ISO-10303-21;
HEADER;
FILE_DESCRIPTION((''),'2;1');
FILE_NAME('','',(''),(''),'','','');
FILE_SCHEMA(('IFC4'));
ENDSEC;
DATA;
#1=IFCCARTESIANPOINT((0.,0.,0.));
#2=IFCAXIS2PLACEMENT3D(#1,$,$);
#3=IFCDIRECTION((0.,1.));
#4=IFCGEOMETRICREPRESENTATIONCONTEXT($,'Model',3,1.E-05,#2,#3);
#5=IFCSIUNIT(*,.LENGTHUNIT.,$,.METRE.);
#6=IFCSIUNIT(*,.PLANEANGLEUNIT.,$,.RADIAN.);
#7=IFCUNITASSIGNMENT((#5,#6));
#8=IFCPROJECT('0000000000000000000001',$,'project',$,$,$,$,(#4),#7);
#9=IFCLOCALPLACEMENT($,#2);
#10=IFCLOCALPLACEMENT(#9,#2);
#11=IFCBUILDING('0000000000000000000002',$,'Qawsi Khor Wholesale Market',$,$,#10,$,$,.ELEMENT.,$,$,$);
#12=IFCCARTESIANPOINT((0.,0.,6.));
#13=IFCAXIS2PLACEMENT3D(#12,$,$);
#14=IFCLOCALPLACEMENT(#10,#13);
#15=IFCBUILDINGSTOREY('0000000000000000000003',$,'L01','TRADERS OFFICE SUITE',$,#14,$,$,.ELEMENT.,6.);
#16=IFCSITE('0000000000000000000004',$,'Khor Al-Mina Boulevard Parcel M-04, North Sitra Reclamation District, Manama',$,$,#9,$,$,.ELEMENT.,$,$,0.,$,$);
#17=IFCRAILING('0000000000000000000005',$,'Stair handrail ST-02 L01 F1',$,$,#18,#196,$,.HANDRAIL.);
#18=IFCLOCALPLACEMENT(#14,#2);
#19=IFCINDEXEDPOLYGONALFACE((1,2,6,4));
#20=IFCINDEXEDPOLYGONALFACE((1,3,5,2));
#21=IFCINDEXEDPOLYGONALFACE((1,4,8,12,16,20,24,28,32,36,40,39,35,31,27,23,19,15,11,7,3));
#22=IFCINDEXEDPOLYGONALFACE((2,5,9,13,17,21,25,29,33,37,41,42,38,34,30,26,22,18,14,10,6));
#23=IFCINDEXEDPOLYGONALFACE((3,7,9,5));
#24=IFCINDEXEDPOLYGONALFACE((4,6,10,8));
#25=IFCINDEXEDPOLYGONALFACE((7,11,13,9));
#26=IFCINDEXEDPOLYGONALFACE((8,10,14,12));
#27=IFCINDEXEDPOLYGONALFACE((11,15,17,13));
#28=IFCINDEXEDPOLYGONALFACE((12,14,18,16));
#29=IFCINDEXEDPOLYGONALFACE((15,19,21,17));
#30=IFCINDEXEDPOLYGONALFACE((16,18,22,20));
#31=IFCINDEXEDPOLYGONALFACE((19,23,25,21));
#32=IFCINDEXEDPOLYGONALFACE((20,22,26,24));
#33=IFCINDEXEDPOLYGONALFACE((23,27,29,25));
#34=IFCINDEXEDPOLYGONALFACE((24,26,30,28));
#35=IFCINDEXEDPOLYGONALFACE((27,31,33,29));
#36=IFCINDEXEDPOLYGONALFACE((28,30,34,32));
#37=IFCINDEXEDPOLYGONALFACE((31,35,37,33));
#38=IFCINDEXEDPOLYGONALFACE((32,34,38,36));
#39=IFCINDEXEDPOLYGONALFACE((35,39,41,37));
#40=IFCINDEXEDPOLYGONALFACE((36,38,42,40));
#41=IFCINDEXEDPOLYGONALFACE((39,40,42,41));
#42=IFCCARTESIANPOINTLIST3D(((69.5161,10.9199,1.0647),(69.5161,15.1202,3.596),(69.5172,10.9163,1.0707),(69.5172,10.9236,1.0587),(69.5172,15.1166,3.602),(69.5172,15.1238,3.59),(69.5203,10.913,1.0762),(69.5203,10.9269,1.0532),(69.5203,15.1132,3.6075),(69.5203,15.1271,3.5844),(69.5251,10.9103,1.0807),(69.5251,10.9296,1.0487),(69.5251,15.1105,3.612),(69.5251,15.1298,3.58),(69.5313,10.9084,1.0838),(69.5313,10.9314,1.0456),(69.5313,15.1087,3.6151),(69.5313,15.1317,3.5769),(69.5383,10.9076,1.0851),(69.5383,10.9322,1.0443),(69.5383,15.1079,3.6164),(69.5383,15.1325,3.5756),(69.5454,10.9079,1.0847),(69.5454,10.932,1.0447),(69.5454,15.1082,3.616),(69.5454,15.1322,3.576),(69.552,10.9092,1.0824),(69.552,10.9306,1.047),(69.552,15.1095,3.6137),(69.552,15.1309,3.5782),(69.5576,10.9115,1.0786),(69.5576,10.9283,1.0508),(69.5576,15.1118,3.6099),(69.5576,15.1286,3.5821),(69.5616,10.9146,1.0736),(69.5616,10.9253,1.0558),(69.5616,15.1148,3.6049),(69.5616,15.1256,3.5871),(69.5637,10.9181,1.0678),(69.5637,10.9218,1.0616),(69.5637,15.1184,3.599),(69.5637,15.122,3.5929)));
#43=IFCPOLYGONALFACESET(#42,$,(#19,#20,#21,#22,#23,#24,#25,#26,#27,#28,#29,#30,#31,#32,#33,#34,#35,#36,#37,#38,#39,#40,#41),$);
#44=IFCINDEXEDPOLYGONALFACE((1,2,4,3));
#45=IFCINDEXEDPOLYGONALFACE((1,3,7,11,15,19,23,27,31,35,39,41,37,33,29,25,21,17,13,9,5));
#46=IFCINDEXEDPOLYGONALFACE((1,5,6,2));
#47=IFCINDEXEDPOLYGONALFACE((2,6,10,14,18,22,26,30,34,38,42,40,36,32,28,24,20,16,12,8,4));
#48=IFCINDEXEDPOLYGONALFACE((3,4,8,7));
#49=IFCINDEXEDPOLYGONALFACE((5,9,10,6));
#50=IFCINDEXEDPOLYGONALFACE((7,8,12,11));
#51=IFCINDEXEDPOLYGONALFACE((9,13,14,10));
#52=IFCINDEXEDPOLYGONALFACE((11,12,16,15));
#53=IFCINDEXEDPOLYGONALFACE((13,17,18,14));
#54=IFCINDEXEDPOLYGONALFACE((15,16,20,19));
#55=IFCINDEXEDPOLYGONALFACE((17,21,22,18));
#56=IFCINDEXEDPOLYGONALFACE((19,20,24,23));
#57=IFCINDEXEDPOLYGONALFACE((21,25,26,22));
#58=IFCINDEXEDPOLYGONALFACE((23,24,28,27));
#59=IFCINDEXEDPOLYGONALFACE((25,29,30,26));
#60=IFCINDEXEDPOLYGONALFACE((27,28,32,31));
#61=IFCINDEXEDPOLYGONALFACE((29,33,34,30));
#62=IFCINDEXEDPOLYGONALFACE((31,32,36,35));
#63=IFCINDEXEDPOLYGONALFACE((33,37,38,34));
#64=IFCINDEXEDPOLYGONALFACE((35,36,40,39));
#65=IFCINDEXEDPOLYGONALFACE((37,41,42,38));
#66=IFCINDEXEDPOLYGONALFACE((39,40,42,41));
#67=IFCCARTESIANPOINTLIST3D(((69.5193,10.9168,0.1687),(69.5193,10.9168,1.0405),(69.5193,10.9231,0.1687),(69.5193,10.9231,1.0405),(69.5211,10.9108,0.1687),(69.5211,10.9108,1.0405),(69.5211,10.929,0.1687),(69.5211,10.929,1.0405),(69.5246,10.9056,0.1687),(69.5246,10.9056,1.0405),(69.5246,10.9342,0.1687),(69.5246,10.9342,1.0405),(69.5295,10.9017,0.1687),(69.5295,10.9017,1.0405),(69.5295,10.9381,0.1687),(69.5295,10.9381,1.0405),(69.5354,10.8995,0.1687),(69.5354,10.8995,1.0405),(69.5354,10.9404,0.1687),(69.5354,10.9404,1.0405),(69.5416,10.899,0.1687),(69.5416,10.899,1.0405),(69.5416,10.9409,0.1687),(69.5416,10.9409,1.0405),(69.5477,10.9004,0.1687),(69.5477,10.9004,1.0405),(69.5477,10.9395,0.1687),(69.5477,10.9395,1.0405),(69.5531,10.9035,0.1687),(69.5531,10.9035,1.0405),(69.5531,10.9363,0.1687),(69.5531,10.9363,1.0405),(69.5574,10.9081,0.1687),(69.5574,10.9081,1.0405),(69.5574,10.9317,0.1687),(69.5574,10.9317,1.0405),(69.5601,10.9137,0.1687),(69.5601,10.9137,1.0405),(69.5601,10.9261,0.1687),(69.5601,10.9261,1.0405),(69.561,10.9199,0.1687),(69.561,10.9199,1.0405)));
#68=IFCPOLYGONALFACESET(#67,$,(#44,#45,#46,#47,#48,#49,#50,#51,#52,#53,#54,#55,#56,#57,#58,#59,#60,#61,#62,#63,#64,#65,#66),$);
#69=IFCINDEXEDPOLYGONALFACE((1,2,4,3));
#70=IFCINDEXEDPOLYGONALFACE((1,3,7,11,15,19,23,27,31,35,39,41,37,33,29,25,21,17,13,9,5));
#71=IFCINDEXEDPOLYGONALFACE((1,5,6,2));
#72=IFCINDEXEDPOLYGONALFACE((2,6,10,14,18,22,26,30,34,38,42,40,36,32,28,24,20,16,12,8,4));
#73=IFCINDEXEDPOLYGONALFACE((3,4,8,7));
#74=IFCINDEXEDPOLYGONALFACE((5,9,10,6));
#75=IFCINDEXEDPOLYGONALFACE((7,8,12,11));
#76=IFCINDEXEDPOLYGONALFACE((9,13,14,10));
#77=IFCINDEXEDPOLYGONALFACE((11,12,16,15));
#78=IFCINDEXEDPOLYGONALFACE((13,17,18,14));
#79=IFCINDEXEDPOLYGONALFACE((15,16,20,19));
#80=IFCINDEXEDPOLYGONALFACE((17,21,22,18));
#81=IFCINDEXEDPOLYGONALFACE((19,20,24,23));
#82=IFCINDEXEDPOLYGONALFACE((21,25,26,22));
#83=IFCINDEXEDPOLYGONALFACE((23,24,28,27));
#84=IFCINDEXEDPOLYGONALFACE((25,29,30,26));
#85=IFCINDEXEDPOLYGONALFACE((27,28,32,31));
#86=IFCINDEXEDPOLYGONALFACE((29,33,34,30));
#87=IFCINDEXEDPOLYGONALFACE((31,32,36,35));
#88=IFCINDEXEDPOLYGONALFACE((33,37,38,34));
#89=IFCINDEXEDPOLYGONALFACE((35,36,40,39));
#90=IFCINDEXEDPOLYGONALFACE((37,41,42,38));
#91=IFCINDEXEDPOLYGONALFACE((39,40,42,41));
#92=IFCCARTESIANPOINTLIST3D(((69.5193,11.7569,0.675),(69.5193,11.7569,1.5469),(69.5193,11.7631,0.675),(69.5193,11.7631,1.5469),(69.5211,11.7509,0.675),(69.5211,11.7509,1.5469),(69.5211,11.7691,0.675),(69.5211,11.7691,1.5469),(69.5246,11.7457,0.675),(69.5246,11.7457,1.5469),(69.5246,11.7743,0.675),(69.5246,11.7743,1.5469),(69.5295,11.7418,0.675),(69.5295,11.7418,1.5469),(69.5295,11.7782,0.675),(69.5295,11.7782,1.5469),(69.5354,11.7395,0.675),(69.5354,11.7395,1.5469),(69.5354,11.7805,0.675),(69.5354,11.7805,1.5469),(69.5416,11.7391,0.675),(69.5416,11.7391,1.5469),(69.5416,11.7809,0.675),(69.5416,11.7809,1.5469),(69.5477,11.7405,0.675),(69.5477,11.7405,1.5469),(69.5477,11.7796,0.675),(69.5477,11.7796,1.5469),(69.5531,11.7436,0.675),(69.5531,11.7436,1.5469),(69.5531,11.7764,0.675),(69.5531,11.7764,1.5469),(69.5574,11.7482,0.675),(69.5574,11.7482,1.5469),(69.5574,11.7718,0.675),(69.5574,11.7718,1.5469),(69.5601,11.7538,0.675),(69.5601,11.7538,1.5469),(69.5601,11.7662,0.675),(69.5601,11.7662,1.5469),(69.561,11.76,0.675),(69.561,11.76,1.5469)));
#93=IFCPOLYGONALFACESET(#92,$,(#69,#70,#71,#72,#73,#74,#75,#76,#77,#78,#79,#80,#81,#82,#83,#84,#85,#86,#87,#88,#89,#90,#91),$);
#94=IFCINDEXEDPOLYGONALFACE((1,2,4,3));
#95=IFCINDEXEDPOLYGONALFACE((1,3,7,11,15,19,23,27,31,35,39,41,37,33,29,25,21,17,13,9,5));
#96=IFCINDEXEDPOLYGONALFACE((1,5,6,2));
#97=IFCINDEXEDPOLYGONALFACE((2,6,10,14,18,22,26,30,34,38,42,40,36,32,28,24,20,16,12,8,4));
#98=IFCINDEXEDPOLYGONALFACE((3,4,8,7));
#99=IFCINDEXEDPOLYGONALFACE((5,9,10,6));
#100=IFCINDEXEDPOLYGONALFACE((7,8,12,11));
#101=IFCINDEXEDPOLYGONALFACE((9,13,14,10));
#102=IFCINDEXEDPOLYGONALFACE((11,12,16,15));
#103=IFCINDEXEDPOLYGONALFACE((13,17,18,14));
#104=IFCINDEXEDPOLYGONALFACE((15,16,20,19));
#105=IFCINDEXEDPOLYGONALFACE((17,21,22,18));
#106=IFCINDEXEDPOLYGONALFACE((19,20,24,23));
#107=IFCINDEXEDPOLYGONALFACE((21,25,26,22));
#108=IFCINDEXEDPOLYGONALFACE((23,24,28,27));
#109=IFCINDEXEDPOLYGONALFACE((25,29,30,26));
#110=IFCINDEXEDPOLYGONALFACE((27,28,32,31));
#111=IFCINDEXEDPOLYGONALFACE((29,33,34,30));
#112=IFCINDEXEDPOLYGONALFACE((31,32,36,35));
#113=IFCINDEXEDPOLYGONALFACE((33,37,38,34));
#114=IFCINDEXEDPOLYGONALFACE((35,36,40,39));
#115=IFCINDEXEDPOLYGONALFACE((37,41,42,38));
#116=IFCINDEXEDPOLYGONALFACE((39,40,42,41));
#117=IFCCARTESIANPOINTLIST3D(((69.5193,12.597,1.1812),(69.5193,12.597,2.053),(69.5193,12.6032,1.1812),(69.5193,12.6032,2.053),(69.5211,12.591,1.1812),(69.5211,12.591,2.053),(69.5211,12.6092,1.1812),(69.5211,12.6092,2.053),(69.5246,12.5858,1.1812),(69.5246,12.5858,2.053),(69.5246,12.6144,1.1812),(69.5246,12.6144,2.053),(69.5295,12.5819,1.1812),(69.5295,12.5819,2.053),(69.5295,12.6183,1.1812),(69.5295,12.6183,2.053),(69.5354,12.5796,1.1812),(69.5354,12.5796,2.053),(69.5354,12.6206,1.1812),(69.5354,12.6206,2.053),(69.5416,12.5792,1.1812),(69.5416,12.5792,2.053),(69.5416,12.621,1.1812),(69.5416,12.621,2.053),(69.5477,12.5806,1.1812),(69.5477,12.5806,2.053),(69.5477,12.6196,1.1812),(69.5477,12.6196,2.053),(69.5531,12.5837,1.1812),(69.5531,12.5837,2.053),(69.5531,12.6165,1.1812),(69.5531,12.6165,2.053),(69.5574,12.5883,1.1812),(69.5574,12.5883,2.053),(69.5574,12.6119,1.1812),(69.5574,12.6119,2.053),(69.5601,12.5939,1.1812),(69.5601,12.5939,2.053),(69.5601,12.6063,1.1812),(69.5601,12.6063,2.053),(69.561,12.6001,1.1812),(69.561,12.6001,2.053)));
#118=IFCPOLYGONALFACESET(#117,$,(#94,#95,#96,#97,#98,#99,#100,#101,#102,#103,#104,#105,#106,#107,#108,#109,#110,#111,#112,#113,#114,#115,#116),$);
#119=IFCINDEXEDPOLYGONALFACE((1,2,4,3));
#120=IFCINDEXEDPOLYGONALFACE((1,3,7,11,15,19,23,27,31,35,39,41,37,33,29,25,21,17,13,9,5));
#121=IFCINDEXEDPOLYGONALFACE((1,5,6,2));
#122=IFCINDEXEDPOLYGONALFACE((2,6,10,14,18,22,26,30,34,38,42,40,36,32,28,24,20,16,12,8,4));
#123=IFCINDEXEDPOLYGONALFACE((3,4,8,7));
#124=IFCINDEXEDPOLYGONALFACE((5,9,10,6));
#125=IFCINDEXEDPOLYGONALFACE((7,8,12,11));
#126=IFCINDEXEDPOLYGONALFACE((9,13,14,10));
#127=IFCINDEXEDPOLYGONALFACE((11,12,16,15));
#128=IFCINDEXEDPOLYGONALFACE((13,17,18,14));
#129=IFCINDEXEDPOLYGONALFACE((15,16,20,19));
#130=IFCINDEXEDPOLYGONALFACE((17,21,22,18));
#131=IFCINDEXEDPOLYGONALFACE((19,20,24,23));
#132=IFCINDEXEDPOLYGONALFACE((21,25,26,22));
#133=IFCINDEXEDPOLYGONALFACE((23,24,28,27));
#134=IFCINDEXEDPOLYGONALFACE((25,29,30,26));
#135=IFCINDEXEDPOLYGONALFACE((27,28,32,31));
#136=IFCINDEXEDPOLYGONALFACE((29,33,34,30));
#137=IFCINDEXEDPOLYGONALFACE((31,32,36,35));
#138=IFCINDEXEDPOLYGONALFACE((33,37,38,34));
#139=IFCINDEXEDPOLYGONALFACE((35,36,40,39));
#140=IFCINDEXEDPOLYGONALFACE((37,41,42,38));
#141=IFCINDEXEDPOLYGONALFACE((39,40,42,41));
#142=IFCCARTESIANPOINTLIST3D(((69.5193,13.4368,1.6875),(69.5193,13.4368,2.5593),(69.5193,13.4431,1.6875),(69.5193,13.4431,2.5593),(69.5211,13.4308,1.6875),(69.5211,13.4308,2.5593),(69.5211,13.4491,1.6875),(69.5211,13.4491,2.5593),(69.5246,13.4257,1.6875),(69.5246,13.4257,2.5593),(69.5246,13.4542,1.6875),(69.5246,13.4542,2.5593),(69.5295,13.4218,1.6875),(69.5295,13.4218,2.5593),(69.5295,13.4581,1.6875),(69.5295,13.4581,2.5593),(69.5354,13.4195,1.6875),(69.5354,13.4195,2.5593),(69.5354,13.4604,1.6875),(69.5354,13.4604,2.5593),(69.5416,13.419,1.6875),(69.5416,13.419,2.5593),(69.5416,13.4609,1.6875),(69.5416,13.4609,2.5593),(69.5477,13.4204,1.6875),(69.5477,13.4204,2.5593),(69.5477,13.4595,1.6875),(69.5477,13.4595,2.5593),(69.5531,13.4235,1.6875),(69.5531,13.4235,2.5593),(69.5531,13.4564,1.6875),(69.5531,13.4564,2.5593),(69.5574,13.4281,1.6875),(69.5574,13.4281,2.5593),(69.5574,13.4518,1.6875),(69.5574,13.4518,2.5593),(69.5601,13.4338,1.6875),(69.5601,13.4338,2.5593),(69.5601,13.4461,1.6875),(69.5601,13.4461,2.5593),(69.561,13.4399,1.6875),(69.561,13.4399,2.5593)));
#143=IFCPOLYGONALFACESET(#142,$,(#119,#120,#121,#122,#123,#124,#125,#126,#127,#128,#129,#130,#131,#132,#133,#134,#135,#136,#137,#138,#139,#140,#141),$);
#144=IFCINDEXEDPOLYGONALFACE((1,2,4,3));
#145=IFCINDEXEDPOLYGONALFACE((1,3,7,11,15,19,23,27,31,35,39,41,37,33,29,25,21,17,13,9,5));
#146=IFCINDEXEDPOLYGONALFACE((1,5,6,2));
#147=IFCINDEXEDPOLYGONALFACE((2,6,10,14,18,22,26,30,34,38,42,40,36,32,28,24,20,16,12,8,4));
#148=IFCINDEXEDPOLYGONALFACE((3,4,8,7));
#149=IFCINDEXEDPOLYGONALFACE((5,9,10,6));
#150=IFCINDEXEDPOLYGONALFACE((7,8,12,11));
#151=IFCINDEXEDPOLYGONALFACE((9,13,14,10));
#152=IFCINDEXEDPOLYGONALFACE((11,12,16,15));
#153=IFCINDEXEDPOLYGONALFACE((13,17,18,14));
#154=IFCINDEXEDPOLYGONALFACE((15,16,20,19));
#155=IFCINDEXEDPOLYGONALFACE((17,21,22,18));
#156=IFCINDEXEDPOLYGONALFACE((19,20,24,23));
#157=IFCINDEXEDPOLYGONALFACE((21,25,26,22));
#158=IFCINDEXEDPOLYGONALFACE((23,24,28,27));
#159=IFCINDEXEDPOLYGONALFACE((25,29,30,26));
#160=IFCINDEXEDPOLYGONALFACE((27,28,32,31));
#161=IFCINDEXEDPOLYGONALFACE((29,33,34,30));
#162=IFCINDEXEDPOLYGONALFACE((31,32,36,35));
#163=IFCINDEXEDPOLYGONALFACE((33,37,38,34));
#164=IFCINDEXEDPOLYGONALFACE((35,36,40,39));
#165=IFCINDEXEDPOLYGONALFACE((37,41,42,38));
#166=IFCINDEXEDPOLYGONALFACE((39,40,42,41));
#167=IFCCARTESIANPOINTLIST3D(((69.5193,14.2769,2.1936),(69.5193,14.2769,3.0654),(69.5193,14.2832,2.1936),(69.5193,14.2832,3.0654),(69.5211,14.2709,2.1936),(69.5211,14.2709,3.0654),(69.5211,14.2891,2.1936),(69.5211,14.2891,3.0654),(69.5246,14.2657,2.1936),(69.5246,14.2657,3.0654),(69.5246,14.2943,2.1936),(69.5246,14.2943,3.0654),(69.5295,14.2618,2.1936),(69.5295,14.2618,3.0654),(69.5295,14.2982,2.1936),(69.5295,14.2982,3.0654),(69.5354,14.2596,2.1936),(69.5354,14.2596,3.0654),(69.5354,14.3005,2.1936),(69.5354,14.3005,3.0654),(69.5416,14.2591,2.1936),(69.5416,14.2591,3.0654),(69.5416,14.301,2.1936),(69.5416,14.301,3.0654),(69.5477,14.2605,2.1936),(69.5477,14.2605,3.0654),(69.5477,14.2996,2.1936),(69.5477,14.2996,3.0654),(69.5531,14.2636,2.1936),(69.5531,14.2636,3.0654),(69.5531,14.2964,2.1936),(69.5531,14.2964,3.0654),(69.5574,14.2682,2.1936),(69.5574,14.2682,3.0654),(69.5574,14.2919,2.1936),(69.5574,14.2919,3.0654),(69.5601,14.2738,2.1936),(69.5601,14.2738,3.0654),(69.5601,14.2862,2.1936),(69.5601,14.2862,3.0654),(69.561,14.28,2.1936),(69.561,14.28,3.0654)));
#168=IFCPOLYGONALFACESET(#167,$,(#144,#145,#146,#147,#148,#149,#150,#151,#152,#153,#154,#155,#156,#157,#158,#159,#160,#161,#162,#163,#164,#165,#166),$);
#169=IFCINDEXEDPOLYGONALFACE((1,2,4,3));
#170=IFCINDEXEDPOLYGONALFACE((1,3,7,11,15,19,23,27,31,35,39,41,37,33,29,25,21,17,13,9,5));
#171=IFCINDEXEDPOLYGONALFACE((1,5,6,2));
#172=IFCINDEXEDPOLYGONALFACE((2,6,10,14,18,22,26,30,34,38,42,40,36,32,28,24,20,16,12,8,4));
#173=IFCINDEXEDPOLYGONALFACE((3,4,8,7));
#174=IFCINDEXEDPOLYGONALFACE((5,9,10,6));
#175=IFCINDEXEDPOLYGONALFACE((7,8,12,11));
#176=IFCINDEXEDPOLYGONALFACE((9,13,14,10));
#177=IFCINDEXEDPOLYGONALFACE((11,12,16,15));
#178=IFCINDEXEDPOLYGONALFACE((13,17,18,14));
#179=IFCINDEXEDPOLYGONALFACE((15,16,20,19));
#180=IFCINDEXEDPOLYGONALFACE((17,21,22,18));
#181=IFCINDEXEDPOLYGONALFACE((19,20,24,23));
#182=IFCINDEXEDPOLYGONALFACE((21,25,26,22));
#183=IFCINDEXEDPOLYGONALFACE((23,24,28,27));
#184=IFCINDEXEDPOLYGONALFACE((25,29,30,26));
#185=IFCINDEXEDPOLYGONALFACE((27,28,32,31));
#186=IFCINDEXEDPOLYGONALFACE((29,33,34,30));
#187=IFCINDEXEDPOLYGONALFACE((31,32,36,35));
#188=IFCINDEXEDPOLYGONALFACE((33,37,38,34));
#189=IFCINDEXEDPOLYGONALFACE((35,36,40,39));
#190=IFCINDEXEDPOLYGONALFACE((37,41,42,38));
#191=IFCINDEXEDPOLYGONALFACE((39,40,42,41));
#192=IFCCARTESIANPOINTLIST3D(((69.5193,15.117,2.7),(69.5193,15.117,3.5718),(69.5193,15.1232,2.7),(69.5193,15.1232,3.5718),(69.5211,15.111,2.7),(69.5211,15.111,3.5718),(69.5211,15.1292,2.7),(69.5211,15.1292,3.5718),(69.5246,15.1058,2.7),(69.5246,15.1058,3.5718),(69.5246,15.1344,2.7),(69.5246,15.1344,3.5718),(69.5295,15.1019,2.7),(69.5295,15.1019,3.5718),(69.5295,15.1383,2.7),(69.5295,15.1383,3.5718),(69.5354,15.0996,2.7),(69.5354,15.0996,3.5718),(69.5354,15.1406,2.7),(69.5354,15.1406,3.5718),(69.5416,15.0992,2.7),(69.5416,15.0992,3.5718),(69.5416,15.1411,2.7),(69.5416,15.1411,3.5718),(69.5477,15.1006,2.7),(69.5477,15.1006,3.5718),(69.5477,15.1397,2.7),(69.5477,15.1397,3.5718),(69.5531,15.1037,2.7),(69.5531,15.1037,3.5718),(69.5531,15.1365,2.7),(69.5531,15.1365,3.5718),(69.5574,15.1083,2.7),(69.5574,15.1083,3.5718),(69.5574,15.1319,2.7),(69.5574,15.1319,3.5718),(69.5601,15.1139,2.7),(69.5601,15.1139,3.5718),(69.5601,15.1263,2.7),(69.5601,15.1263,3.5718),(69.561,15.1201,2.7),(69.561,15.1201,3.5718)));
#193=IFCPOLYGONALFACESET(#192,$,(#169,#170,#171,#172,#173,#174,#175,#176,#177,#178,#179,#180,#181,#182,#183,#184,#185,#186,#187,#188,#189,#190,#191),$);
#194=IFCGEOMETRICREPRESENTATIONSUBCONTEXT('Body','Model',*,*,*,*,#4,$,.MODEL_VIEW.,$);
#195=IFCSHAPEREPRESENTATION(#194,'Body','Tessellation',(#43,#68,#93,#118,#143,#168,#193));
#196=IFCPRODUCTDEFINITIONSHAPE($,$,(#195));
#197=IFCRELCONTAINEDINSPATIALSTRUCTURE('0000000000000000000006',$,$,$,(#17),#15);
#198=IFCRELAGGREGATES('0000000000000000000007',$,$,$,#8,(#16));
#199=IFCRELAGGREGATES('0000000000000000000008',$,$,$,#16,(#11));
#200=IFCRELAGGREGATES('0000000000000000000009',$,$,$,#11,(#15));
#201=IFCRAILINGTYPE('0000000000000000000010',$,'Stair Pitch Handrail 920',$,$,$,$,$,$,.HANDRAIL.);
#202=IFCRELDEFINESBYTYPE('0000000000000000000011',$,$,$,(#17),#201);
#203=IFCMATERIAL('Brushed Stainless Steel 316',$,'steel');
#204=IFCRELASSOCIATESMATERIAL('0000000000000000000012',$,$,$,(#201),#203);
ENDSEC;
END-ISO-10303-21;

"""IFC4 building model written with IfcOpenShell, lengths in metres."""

from ifc_helpers import new_model, si_unit, direction, frame, origin, origin_2d, place, context, subcontext, project, spatial, circle, extrude, material, type_object, element, save


model = new_model("IFC4")

# Units and contexts
model_context = context("Model", 3, precision=1e-05, world=origin(), true_north=direction((0.0, 1.0)))
body_context = subcontext(model_context, "Body", "Model", "MODEL_VIEW")
ifc_project = project(units=[si_unit("LENGTHUNIT", "METRE"), si_unit("PLANEANGLEUNIT", "RADIAN")], contexts=[model_context])

# Site, building, storey
site_placement = place(None, origin())
site = spatial("IfcSite", under=ifc_project, at=site_placement, Name="Khor Al-Mina Boulevard Parcel M-04, North Sitra Reclamation District, Manama", CompositionType="ELEMENT", RefElevation=0.0)
building_placement = place(site_placement, origin())
building = spatial("IfcBuilding", under=site, at=building_placement, Name="Qawsi Khor Wholesale Market", CompositionType="ELEMENT")
storey_placement = place(building_placement, frame((0.0, 0.0, 6.0)))
storey = spatial("IfcBuildingStorey", under=building, at=storey_placement, Name="L01", Description="TRADERS OFFICE SUITE", CompositionType="ELEMENT", Elevation=6.0)

# Railing
ifc_material_1 = material(Name="Brushed Stainless Steel 316", Category="steel")
railing_type_1 = type_object("IfcRailingType", Name="Stair Pitch Handrail 920", PredefinedType="HANDRAIL", material=ifc_material_1)
railing_1_placement = place(storey_placement, frame((69.54, 10.9199, 0.1687)))
element("IfcRailing", 1, at=railing_1_placement, inside=storey, type_object=railing_type_1, Name="Stair handrail ST-02 L01 F1", PredefinedType="HANDRAIL", context=body_context, shape_type="SweptSolid", body=[
    extrude(circle(Radius=0.0239, at=origin_2d()), frame((0.0, 0.0, 0.896), z_axis=(0.0, 0.85649, 0.516164), x_axis=(-1.0, 0.0, 0.0)), (0.0, 0.0, 1.0), 4.9041),
    extrude(circle(Radius=0.021, at=origin_2d()), origin(), (0.0, 0.0, 1.0), 0.8718),
    extrude(circle(Radius=0.021, at=origin_2d()), frame((0.0, 0.8401, 0.5063)), (0.0, 0.0, 1.0), 0.8718),
    extrude(circle(Radius=0.021, at=origin_2d()), frame((0.0, 1.6802, 1.0125)), (0.0, 0.0, 1.0), 0.8718),
    extrude(circle(Radius=0.021, at=origin_2d()), frame((0.0, 2.52, 1.5188)), (0.0, 0.0, 1.0), 0.8718),
    extrude(circle(Radius=0.021, at=origin_2d()), frame((0.0, 3.3601, 2.0249)), (0.0, 0.0, 1.0), 0.8718),
    extrude(circle(Radius=0.021, at=origin_2d()), frame((0.0, 4.2002, 2.5312)), (0.0, 0.0, 1.0), 0.8718),
])

save(model, "model.ifc")
